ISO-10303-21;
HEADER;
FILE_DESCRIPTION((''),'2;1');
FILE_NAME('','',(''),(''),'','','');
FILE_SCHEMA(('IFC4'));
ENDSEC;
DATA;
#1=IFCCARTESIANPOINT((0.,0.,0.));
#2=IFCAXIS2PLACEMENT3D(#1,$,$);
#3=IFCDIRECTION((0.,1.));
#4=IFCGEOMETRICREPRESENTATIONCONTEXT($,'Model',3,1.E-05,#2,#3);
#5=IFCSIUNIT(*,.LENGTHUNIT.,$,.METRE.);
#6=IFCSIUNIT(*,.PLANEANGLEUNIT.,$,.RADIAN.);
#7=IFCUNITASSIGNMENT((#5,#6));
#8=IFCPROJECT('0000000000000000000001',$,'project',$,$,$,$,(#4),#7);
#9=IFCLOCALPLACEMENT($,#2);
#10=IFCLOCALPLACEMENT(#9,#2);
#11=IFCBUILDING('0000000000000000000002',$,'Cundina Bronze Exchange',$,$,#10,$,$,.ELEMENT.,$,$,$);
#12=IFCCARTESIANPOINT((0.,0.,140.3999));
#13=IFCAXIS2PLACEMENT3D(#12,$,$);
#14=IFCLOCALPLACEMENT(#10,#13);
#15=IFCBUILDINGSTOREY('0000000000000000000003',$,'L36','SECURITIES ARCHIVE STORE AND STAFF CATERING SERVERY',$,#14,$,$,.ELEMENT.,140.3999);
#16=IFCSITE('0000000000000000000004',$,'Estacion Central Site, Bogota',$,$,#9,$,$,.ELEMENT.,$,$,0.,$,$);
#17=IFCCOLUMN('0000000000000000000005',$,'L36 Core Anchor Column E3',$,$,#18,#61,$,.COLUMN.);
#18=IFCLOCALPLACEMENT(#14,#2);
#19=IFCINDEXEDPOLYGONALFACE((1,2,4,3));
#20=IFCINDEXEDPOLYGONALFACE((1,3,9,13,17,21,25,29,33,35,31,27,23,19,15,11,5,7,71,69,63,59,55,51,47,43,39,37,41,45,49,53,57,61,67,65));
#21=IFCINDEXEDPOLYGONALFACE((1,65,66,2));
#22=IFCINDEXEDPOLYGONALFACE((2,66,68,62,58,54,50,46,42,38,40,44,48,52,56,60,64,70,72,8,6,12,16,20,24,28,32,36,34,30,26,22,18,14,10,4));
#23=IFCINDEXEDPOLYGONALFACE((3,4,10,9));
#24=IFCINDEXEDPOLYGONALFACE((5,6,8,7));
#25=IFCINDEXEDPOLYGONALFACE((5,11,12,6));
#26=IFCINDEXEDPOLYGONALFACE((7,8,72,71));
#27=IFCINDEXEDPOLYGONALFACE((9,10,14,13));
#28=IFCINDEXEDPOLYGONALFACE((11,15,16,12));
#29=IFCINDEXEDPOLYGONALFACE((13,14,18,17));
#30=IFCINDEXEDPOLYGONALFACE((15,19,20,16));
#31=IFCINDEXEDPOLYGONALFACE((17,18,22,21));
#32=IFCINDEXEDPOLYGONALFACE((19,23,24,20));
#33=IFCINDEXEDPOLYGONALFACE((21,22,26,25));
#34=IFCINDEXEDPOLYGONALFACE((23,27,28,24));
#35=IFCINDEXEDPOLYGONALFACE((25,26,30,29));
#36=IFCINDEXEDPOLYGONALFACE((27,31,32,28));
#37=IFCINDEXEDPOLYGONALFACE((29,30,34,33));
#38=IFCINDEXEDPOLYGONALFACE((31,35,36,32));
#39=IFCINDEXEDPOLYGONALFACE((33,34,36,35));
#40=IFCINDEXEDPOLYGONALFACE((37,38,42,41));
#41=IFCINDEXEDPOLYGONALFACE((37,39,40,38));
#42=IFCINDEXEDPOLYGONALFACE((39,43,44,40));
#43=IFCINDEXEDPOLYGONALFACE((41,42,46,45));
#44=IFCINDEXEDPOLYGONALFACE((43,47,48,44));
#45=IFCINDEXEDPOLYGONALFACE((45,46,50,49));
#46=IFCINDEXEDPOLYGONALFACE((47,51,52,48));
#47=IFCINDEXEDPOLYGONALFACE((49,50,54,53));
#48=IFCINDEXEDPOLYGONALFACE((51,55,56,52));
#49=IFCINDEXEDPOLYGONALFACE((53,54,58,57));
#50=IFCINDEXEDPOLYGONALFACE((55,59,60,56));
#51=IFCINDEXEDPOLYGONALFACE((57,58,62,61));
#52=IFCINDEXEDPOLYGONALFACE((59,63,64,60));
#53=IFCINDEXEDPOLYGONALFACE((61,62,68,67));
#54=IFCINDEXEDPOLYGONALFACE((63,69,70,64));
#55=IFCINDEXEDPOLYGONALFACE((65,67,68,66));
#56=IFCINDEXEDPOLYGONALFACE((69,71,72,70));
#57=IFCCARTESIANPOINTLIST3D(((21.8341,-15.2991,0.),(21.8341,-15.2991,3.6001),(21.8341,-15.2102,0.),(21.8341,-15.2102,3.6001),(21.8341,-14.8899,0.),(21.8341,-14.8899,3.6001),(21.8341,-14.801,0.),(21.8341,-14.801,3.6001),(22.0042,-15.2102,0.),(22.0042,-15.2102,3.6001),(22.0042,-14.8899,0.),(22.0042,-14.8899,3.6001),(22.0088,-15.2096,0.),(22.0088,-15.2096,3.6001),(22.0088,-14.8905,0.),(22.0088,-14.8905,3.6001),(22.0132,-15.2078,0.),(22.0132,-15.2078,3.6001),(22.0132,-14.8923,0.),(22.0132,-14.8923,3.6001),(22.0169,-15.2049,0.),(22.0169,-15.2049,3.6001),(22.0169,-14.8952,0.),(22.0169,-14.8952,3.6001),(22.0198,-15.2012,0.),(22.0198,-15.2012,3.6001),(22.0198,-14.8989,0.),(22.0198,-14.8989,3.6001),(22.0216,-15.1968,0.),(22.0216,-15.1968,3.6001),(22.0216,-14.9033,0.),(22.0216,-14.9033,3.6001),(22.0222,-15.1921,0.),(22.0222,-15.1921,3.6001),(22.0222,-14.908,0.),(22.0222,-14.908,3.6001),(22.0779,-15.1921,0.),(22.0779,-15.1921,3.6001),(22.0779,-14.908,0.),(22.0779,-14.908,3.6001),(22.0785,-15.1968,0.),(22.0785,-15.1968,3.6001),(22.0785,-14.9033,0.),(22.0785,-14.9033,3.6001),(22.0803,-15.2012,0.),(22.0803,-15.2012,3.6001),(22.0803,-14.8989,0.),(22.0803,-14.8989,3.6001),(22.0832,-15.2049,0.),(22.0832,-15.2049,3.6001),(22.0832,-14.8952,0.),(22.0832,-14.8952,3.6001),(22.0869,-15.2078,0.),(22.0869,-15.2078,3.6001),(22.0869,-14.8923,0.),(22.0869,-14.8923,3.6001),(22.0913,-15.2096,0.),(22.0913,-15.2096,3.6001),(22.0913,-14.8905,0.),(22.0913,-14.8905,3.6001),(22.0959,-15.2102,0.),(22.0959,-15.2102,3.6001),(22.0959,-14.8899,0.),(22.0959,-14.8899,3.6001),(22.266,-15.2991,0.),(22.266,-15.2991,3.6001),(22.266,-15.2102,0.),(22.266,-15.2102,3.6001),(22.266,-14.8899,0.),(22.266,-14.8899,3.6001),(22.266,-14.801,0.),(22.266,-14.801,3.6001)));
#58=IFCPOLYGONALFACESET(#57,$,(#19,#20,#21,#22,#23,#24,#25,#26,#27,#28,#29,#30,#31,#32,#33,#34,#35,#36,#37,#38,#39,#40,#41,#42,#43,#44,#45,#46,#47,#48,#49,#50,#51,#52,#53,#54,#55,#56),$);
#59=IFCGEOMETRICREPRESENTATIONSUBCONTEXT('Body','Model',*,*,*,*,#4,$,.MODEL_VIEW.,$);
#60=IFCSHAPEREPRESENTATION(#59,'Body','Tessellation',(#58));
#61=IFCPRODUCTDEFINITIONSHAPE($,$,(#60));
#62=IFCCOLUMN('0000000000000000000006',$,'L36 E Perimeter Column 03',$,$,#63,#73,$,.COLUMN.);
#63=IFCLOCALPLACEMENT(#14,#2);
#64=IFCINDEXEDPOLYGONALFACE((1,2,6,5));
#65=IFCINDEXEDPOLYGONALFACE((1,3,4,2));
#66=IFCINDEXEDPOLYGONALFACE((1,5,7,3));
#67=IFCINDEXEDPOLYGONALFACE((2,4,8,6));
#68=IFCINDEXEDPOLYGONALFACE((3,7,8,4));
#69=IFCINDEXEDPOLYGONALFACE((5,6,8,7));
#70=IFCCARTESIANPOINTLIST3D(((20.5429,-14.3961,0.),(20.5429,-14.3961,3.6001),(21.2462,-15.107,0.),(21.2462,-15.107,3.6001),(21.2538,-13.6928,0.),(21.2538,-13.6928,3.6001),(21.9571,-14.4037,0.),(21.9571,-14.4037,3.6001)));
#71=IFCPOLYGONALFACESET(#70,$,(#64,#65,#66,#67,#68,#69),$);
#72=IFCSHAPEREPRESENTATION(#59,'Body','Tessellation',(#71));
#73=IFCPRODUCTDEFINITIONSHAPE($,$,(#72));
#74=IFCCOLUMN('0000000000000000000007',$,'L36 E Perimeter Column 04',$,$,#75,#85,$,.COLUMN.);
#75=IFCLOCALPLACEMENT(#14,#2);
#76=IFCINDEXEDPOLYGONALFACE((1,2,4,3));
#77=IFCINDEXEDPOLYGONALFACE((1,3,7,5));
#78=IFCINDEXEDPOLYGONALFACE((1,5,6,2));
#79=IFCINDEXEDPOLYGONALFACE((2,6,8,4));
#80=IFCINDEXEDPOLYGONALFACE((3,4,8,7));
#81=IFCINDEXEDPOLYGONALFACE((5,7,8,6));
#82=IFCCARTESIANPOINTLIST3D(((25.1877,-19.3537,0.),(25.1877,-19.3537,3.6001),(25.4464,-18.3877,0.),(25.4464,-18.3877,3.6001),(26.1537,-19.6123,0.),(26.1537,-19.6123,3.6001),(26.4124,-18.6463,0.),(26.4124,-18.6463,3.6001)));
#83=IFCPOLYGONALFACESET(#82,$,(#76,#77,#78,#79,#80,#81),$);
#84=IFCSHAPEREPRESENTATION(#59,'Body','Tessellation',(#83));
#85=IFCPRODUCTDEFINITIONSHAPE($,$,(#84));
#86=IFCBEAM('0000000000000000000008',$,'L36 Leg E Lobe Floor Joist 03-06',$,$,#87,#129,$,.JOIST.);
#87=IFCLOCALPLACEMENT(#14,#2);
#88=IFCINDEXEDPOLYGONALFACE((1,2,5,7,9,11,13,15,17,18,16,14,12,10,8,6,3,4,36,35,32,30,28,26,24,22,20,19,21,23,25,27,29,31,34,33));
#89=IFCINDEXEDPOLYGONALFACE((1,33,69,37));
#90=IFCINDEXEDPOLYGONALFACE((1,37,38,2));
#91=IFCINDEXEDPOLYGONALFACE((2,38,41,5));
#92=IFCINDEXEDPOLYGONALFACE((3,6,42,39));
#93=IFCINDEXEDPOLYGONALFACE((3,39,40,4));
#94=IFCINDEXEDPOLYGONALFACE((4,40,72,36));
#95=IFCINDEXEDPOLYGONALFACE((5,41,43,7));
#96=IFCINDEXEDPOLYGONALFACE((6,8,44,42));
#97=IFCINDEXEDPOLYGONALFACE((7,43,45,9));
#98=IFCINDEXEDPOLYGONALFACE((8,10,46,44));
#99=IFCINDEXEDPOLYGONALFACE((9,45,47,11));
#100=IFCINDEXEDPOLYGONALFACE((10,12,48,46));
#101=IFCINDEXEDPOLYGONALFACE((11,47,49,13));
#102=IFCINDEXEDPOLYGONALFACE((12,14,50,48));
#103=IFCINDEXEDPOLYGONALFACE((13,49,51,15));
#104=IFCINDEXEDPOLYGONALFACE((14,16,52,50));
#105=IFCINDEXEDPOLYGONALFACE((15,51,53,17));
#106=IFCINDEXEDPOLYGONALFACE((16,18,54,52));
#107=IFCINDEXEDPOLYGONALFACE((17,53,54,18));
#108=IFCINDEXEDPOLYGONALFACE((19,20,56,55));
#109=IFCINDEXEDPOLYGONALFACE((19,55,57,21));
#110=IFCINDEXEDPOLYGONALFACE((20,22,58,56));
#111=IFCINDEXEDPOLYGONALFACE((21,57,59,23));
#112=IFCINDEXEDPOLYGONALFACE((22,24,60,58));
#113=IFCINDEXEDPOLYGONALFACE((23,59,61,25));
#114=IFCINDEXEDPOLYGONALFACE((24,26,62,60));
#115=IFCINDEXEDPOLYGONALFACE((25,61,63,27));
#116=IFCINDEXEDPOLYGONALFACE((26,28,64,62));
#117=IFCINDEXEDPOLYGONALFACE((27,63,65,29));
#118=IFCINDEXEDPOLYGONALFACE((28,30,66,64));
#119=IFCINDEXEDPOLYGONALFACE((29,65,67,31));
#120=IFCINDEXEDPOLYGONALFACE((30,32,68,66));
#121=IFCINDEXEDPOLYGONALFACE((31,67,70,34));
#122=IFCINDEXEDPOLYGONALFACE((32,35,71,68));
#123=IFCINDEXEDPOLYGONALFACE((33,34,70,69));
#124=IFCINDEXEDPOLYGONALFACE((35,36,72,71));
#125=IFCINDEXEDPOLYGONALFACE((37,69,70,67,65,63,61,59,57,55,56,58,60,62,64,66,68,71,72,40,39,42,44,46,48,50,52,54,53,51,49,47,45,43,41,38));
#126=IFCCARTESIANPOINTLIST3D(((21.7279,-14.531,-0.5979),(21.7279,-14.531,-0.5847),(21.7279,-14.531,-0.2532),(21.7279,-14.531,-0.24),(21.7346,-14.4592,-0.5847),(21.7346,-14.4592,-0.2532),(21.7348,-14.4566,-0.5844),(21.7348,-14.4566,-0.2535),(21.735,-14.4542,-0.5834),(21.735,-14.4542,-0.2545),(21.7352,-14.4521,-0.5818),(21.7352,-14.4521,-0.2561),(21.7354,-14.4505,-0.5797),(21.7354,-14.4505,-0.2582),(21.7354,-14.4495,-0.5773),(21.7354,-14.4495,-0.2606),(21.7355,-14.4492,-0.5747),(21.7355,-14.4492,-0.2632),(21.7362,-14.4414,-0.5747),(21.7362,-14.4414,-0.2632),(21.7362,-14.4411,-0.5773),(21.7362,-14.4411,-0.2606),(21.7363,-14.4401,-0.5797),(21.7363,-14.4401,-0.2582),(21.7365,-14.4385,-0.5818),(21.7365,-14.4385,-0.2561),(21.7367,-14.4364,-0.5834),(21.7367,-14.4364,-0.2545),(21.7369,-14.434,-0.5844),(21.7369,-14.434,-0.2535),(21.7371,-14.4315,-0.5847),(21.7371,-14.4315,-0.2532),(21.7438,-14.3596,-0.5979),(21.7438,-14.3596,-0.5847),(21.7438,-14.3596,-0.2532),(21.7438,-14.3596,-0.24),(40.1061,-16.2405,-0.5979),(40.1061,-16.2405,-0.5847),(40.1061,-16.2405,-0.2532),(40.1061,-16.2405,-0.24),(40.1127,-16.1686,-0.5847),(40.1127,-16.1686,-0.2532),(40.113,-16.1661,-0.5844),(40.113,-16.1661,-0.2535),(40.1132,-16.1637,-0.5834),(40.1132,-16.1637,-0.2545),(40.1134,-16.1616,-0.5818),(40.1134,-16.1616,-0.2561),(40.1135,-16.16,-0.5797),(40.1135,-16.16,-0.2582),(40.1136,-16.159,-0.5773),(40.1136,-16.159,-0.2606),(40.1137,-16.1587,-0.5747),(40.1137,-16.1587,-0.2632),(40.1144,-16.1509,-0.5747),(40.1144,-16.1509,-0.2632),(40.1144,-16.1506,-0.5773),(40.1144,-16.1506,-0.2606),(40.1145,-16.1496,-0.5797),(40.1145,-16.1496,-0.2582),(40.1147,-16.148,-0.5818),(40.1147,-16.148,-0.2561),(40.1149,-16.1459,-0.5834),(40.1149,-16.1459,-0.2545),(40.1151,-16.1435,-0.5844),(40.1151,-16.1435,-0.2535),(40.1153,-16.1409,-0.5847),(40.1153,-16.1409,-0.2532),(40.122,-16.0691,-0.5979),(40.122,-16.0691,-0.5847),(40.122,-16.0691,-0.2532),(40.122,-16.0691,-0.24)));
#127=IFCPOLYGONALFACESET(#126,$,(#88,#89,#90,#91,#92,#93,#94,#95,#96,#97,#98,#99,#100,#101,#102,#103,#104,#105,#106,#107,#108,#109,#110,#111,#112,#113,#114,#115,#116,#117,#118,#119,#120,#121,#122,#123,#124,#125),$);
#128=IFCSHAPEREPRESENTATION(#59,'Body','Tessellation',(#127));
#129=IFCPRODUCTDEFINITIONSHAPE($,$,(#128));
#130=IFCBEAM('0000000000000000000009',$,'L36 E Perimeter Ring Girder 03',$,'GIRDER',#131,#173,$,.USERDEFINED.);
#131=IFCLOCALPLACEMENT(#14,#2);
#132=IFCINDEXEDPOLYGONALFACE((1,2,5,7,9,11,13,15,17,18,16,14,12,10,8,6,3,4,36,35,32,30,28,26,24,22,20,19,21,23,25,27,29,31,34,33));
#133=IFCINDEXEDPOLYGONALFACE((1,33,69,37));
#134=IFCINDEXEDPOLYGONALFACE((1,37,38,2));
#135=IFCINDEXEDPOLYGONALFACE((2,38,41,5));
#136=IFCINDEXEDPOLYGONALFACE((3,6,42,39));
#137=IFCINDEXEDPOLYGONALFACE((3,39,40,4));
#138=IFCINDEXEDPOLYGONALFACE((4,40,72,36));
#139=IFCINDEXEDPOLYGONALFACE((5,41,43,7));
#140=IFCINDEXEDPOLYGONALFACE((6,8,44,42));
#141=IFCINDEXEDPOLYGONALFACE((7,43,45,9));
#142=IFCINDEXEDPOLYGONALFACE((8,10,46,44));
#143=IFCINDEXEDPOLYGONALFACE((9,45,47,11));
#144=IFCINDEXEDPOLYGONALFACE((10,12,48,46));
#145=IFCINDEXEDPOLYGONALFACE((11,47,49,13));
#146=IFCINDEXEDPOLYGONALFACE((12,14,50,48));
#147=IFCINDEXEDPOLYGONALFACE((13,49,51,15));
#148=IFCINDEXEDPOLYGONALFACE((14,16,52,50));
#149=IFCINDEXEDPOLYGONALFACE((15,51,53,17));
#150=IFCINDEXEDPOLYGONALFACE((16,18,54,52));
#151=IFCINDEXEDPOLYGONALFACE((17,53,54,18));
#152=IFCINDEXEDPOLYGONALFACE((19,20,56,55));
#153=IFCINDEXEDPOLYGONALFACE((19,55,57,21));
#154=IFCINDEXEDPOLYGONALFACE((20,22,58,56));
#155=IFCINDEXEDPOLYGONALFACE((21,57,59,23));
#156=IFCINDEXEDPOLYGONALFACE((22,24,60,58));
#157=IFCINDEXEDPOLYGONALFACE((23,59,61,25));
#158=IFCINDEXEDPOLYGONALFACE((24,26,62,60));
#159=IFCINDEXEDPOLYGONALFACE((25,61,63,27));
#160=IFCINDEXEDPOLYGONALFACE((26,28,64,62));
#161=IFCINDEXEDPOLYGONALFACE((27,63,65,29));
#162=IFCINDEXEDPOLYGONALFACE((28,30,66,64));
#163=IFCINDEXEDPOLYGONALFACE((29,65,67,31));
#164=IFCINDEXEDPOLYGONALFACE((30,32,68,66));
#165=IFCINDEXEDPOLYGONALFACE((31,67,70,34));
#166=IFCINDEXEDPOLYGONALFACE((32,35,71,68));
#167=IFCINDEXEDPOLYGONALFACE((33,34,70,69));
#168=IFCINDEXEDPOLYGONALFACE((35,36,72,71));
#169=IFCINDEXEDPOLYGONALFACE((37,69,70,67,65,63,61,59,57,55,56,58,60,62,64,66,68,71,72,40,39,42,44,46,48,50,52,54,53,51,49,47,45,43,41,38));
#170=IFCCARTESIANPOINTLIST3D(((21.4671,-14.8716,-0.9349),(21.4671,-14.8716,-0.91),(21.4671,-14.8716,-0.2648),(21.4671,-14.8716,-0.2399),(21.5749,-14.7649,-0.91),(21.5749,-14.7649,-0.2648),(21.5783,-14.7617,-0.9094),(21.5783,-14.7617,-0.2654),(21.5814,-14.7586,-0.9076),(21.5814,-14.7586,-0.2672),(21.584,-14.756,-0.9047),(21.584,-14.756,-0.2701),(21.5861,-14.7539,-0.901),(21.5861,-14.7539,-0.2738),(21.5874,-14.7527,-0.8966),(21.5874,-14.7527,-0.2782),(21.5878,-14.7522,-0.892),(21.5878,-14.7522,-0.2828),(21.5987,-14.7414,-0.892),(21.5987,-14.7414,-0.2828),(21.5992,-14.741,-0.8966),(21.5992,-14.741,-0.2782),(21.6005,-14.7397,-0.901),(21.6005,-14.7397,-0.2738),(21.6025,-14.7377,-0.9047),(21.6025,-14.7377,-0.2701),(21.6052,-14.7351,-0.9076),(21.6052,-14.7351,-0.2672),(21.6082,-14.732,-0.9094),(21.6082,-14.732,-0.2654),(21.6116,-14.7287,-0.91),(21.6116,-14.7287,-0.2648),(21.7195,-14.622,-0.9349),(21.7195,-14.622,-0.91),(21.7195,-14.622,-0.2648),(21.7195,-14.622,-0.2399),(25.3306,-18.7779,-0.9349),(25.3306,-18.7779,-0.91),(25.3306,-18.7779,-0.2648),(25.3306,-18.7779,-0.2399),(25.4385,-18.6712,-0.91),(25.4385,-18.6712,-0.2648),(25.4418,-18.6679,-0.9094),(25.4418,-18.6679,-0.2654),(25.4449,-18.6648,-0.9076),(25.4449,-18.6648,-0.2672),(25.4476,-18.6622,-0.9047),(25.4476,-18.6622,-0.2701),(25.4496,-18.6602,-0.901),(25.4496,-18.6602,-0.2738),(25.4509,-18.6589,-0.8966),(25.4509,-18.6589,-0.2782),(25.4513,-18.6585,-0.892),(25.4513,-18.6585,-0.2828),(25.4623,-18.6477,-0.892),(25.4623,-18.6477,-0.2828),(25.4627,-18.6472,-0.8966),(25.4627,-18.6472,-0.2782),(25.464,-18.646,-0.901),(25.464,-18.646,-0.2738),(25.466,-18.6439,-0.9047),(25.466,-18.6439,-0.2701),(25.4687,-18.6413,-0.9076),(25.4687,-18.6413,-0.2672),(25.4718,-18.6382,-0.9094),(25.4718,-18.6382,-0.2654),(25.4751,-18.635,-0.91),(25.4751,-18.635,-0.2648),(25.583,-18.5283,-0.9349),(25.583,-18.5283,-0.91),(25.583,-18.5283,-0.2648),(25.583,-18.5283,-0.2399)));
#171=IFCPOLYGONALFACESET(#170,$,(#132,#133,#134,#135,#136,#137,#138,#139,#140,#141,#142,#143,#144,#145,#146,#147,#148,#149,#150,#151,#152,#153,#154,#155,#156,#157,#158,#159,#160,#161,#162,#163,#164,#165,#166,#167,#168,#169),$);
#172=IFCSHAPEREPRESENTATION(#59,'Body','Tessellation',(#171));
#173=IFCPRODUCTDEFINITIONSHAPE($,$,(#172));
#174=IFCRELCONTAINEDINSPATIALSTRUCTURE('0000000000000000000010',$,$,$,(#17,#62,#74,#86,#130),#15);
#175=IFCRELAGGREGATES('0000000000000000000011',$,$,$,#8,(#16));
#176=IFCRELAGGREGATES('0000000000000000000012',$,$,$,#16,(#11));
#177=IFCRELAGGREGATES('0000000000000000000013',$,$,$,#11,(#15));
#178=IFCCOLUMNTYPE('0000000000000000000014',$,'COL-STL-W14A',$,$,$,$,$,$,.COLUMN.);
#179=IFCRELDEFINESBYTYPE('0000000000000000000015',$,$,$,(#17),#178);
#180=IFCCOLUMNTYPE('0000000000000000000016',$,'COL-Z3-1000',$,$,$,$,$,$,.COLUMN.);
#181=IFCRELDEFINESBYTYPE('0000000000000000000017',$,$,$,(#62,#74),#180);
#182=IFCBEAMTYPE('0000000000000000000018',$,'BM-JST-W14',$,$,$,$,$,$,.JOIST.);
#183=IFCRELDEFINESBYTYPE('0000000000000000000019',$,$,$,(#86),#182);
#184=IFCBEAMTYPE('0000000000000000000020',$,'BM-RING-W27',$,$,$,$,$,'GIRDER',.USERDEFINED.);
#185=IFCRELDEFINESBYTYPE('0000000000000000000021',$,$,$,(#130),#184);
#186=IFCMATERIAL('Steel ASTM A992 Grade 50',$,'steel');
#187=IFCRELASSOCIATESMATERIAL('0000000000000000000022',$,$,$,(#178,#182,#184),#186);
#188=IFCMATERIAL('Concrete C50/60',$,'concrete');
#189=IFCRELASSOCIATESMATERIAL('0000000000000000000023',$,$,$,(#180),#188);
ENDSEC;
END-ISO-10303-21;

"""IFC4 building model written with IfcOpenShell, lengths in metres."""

from ifc_helpers import new_model, si_unit, direction, frame, origin, origin_2d, place, context, subcontext, project, spatial, rectangle, i_section, extrude, material, material_profile, profile_set, type_object, element, save


model = new_model("IFC4")

# Units and contexts
model_context = context("Model", 3, precision=1e-05, world=origin(), true_north=direction((0.0, 1.0)))
body_context = subcontext(model_context, "Body", "Model", "MODEL_VIEW")
ifc_project = project(units=[si_unit("LENGTHUNIT", "METRE"), si_unit("PLANEANGLEUNIT", "RADIAN")], contexts=[model_context])

# Site, building, storey
site_placement = place(None, origin())
site = spatial("IfcSite", under=ifc_project, at=site_placement, Name="Estacion Central Site, Bogota", CompositionType="ELEMENT", RefElevation=0.0)
building_placement = place(site_placement, origin())
building = spatial("IfcBuilding", under=site, at=building_placement, Name="Cundina Bronze Exchange", CompositionType="ELEMENT")
storey_placement = place(building_placement, frame((0.0, 0.0, 140.3999)))
storey = spatial("IfcBuildingStorey", under=building, at=storey_placement, Name="L36", Description="SECURITIES ARCHIVE STORE AND STAFF CATERING SERVERY", CompositionType="ELEMENT", Elevation=140.3999)

# Columns
ifc_material_1 = material(Name="Steel ASTM A992 Grade 50", Category="steel")
ifc_material_profile_1 = material_profile(ifc_material_1, i_section(OverallWidth=0.4319, OverallDepth=0.498, WebThickness=0.0557, FlangeThickness=0.0889, FilletRadius=0.0181, at=origin_2d()), Name="W14X500", Category="steel")
ifc_profile_set_1 = profile_set([ifc_material_profile_1], Name="Steel ASTM A992 Grade 50")
column_type_1 = type_object("IfcColumnType", Name="COL-STL-W14A", PredefinedType="COLUMN", material=ifc_profile_set_1)
column_placement = place(storey_placement, frame((22.05, -15.05, 0.0), z_axis=(0.0, 0.0, 1.0), x_axis=(1.0, 0.0, 0.0)))
element("IfcColumn", 1, at=column_placement, inside=storey, type_object=column_type_1, Name="L36 Core Anchor Column E3", PredefinedType="COLUMN", context=body_context, shape_type="SweptSolid", body=[
    extrude(i_section(OverallWidth=0.4319, OverallDepth=0.498, WebThickness=0.0557, FlangeThickness=0.0889, FilletRadius=0.0181, at=origin_2d()), origin(), (0.0, 0.0, 1.0), 3.6001),
])
ifc_material_2 = material(Name="Concrete C50/60", Category="concrete")
ifc_material_profile_2 = material_profile(ifc_material_2, rectangle(XDim=1.0, YDim=1.0, at=origin_2d()), Name="RC1000X1000", Category="concrete")
ifc_profile_set_2 = profile_set([ifc_material_profile_2], Name="Concrete C50/60")
column_type_2 = type_object("IfcColumnType", Name="COL-Z3-1000", PredefinedType="COLUMN", material=ifc_profile_set_2)
for number, where, z_axis, x_axis, name in (
    (2, (21.25, -14.3999, 0.0), (0.0, 0.0, 1.0), (0.703271, -0.710922, 0.0), "L36 E Perimeter Column 03"),
    (3, (25.8, -19.0, 0.0), (0.0, 0.0, 1.0), (0.965971, -0.25865, 0.0), "L36 E Perimeter Column 04"),
):
    element("IfcColumn", number, at=place(storey_placement, frame(where, z_axis=z_axis, x_axis=x_axis)), inside=storey, type_object=column_type_2, Name=name, PredefinedType="COLUMN", context=body_context, shape_type="SweptSolid", body=[
        extrude(rectangle(XDim=1.0, YDim=1.0, at=origin_2d()), origin(), (0.0, 0.0, 1.0), 3.6001),
    ])

# Beams
ifc_material_profile_3 = material_profile(ifc_material_1, i_section(OverallWidth=0.1721, OverallDepth=0.3579, WebThickness=0.0078, FlangeThickness=0.0132, FilletRadius=0.01, at=origin_2d()), Name="W14X38", Category="steel")
ifc_profile_set_3 = profile_set([ifc_material_profile_3], Name="Steel ASTM A992 Grade 50")
beam_type_1 = type_object("IfcBeamType", Name="BM-JST-W14", PredefinedType="JOIST", material=ifc_profile_set_3)
beam_1_placement = place(storey_placement, frame((21.7358, -14.4453, -0.4189), z_axis=(0.995702, -0.092617, 0.0), x_axis=(0.092617, 0.995702, 0.0)))
element("IfcBeam", 4, at=beam_1_placement, inside=storey, type_object=beam_type_1, Name="L36 Leg E Lobe Floor Joist 03-06", PredefinedType="JOIST", context=body_context, shape_type="SweptSolid", body=[
    extrude(i_section(OverallWidth=0.1721, OverallDepth=0.3579, WebThickness=0.0078, FlangeThickness=0.0132, FilletRadius=0.01, at=origin_2d()), origin(), (0.0, 0.0, 1.0), 18.4575),
])
ifc_material_profile_4 = material_profile(ifc_material_1, i_section(OverallWidth=0.355, OverallDepth=0.6951, WebThickness=0.0154, FlangeThickness=0.0249, FilletRadius=0.0181, at=origin_2d()), Name="W27X146", Category="steel")
ifc_profile_set_4 = profile_set([ifc_material_profile_4], Name="Steel ASTM A992 Grade 50")
beam_type_2 = type_object("IfcBeamType", Name="BM-RING-W27", ElementType="GIRDER", PredefinedType="USERDEFINED", material=ifc_profile_set_4)
beam_2_placement = place(storey_placement, frame((21.5933, -14.7468, -0.5874), z_axis=(0.703208, -0.710984, 0.0), x_axis=(0.710984, 0.703208, 0.0)))
element("IfcBeam", 5, at=beam_2_placement, inside=storey, type_object=beam_type_2, Name="L36 E Perimeter Ring Girder 03", ObjectType="GIRDER", PredefinedType="USERDEFINED", context=body_context, shape_type="SweptSolid", body=[
    extrude(i_section(OverallWidth=0.355, OverallDepth=0.6951, WebThickness=0.0154, FlangeThickness=0.0249, FilletRadius=0.0181, at=origin_2d()), origin(), (0.0, 0.0, 1.0), 5.4941),
])

save(model, "model.ifc")
